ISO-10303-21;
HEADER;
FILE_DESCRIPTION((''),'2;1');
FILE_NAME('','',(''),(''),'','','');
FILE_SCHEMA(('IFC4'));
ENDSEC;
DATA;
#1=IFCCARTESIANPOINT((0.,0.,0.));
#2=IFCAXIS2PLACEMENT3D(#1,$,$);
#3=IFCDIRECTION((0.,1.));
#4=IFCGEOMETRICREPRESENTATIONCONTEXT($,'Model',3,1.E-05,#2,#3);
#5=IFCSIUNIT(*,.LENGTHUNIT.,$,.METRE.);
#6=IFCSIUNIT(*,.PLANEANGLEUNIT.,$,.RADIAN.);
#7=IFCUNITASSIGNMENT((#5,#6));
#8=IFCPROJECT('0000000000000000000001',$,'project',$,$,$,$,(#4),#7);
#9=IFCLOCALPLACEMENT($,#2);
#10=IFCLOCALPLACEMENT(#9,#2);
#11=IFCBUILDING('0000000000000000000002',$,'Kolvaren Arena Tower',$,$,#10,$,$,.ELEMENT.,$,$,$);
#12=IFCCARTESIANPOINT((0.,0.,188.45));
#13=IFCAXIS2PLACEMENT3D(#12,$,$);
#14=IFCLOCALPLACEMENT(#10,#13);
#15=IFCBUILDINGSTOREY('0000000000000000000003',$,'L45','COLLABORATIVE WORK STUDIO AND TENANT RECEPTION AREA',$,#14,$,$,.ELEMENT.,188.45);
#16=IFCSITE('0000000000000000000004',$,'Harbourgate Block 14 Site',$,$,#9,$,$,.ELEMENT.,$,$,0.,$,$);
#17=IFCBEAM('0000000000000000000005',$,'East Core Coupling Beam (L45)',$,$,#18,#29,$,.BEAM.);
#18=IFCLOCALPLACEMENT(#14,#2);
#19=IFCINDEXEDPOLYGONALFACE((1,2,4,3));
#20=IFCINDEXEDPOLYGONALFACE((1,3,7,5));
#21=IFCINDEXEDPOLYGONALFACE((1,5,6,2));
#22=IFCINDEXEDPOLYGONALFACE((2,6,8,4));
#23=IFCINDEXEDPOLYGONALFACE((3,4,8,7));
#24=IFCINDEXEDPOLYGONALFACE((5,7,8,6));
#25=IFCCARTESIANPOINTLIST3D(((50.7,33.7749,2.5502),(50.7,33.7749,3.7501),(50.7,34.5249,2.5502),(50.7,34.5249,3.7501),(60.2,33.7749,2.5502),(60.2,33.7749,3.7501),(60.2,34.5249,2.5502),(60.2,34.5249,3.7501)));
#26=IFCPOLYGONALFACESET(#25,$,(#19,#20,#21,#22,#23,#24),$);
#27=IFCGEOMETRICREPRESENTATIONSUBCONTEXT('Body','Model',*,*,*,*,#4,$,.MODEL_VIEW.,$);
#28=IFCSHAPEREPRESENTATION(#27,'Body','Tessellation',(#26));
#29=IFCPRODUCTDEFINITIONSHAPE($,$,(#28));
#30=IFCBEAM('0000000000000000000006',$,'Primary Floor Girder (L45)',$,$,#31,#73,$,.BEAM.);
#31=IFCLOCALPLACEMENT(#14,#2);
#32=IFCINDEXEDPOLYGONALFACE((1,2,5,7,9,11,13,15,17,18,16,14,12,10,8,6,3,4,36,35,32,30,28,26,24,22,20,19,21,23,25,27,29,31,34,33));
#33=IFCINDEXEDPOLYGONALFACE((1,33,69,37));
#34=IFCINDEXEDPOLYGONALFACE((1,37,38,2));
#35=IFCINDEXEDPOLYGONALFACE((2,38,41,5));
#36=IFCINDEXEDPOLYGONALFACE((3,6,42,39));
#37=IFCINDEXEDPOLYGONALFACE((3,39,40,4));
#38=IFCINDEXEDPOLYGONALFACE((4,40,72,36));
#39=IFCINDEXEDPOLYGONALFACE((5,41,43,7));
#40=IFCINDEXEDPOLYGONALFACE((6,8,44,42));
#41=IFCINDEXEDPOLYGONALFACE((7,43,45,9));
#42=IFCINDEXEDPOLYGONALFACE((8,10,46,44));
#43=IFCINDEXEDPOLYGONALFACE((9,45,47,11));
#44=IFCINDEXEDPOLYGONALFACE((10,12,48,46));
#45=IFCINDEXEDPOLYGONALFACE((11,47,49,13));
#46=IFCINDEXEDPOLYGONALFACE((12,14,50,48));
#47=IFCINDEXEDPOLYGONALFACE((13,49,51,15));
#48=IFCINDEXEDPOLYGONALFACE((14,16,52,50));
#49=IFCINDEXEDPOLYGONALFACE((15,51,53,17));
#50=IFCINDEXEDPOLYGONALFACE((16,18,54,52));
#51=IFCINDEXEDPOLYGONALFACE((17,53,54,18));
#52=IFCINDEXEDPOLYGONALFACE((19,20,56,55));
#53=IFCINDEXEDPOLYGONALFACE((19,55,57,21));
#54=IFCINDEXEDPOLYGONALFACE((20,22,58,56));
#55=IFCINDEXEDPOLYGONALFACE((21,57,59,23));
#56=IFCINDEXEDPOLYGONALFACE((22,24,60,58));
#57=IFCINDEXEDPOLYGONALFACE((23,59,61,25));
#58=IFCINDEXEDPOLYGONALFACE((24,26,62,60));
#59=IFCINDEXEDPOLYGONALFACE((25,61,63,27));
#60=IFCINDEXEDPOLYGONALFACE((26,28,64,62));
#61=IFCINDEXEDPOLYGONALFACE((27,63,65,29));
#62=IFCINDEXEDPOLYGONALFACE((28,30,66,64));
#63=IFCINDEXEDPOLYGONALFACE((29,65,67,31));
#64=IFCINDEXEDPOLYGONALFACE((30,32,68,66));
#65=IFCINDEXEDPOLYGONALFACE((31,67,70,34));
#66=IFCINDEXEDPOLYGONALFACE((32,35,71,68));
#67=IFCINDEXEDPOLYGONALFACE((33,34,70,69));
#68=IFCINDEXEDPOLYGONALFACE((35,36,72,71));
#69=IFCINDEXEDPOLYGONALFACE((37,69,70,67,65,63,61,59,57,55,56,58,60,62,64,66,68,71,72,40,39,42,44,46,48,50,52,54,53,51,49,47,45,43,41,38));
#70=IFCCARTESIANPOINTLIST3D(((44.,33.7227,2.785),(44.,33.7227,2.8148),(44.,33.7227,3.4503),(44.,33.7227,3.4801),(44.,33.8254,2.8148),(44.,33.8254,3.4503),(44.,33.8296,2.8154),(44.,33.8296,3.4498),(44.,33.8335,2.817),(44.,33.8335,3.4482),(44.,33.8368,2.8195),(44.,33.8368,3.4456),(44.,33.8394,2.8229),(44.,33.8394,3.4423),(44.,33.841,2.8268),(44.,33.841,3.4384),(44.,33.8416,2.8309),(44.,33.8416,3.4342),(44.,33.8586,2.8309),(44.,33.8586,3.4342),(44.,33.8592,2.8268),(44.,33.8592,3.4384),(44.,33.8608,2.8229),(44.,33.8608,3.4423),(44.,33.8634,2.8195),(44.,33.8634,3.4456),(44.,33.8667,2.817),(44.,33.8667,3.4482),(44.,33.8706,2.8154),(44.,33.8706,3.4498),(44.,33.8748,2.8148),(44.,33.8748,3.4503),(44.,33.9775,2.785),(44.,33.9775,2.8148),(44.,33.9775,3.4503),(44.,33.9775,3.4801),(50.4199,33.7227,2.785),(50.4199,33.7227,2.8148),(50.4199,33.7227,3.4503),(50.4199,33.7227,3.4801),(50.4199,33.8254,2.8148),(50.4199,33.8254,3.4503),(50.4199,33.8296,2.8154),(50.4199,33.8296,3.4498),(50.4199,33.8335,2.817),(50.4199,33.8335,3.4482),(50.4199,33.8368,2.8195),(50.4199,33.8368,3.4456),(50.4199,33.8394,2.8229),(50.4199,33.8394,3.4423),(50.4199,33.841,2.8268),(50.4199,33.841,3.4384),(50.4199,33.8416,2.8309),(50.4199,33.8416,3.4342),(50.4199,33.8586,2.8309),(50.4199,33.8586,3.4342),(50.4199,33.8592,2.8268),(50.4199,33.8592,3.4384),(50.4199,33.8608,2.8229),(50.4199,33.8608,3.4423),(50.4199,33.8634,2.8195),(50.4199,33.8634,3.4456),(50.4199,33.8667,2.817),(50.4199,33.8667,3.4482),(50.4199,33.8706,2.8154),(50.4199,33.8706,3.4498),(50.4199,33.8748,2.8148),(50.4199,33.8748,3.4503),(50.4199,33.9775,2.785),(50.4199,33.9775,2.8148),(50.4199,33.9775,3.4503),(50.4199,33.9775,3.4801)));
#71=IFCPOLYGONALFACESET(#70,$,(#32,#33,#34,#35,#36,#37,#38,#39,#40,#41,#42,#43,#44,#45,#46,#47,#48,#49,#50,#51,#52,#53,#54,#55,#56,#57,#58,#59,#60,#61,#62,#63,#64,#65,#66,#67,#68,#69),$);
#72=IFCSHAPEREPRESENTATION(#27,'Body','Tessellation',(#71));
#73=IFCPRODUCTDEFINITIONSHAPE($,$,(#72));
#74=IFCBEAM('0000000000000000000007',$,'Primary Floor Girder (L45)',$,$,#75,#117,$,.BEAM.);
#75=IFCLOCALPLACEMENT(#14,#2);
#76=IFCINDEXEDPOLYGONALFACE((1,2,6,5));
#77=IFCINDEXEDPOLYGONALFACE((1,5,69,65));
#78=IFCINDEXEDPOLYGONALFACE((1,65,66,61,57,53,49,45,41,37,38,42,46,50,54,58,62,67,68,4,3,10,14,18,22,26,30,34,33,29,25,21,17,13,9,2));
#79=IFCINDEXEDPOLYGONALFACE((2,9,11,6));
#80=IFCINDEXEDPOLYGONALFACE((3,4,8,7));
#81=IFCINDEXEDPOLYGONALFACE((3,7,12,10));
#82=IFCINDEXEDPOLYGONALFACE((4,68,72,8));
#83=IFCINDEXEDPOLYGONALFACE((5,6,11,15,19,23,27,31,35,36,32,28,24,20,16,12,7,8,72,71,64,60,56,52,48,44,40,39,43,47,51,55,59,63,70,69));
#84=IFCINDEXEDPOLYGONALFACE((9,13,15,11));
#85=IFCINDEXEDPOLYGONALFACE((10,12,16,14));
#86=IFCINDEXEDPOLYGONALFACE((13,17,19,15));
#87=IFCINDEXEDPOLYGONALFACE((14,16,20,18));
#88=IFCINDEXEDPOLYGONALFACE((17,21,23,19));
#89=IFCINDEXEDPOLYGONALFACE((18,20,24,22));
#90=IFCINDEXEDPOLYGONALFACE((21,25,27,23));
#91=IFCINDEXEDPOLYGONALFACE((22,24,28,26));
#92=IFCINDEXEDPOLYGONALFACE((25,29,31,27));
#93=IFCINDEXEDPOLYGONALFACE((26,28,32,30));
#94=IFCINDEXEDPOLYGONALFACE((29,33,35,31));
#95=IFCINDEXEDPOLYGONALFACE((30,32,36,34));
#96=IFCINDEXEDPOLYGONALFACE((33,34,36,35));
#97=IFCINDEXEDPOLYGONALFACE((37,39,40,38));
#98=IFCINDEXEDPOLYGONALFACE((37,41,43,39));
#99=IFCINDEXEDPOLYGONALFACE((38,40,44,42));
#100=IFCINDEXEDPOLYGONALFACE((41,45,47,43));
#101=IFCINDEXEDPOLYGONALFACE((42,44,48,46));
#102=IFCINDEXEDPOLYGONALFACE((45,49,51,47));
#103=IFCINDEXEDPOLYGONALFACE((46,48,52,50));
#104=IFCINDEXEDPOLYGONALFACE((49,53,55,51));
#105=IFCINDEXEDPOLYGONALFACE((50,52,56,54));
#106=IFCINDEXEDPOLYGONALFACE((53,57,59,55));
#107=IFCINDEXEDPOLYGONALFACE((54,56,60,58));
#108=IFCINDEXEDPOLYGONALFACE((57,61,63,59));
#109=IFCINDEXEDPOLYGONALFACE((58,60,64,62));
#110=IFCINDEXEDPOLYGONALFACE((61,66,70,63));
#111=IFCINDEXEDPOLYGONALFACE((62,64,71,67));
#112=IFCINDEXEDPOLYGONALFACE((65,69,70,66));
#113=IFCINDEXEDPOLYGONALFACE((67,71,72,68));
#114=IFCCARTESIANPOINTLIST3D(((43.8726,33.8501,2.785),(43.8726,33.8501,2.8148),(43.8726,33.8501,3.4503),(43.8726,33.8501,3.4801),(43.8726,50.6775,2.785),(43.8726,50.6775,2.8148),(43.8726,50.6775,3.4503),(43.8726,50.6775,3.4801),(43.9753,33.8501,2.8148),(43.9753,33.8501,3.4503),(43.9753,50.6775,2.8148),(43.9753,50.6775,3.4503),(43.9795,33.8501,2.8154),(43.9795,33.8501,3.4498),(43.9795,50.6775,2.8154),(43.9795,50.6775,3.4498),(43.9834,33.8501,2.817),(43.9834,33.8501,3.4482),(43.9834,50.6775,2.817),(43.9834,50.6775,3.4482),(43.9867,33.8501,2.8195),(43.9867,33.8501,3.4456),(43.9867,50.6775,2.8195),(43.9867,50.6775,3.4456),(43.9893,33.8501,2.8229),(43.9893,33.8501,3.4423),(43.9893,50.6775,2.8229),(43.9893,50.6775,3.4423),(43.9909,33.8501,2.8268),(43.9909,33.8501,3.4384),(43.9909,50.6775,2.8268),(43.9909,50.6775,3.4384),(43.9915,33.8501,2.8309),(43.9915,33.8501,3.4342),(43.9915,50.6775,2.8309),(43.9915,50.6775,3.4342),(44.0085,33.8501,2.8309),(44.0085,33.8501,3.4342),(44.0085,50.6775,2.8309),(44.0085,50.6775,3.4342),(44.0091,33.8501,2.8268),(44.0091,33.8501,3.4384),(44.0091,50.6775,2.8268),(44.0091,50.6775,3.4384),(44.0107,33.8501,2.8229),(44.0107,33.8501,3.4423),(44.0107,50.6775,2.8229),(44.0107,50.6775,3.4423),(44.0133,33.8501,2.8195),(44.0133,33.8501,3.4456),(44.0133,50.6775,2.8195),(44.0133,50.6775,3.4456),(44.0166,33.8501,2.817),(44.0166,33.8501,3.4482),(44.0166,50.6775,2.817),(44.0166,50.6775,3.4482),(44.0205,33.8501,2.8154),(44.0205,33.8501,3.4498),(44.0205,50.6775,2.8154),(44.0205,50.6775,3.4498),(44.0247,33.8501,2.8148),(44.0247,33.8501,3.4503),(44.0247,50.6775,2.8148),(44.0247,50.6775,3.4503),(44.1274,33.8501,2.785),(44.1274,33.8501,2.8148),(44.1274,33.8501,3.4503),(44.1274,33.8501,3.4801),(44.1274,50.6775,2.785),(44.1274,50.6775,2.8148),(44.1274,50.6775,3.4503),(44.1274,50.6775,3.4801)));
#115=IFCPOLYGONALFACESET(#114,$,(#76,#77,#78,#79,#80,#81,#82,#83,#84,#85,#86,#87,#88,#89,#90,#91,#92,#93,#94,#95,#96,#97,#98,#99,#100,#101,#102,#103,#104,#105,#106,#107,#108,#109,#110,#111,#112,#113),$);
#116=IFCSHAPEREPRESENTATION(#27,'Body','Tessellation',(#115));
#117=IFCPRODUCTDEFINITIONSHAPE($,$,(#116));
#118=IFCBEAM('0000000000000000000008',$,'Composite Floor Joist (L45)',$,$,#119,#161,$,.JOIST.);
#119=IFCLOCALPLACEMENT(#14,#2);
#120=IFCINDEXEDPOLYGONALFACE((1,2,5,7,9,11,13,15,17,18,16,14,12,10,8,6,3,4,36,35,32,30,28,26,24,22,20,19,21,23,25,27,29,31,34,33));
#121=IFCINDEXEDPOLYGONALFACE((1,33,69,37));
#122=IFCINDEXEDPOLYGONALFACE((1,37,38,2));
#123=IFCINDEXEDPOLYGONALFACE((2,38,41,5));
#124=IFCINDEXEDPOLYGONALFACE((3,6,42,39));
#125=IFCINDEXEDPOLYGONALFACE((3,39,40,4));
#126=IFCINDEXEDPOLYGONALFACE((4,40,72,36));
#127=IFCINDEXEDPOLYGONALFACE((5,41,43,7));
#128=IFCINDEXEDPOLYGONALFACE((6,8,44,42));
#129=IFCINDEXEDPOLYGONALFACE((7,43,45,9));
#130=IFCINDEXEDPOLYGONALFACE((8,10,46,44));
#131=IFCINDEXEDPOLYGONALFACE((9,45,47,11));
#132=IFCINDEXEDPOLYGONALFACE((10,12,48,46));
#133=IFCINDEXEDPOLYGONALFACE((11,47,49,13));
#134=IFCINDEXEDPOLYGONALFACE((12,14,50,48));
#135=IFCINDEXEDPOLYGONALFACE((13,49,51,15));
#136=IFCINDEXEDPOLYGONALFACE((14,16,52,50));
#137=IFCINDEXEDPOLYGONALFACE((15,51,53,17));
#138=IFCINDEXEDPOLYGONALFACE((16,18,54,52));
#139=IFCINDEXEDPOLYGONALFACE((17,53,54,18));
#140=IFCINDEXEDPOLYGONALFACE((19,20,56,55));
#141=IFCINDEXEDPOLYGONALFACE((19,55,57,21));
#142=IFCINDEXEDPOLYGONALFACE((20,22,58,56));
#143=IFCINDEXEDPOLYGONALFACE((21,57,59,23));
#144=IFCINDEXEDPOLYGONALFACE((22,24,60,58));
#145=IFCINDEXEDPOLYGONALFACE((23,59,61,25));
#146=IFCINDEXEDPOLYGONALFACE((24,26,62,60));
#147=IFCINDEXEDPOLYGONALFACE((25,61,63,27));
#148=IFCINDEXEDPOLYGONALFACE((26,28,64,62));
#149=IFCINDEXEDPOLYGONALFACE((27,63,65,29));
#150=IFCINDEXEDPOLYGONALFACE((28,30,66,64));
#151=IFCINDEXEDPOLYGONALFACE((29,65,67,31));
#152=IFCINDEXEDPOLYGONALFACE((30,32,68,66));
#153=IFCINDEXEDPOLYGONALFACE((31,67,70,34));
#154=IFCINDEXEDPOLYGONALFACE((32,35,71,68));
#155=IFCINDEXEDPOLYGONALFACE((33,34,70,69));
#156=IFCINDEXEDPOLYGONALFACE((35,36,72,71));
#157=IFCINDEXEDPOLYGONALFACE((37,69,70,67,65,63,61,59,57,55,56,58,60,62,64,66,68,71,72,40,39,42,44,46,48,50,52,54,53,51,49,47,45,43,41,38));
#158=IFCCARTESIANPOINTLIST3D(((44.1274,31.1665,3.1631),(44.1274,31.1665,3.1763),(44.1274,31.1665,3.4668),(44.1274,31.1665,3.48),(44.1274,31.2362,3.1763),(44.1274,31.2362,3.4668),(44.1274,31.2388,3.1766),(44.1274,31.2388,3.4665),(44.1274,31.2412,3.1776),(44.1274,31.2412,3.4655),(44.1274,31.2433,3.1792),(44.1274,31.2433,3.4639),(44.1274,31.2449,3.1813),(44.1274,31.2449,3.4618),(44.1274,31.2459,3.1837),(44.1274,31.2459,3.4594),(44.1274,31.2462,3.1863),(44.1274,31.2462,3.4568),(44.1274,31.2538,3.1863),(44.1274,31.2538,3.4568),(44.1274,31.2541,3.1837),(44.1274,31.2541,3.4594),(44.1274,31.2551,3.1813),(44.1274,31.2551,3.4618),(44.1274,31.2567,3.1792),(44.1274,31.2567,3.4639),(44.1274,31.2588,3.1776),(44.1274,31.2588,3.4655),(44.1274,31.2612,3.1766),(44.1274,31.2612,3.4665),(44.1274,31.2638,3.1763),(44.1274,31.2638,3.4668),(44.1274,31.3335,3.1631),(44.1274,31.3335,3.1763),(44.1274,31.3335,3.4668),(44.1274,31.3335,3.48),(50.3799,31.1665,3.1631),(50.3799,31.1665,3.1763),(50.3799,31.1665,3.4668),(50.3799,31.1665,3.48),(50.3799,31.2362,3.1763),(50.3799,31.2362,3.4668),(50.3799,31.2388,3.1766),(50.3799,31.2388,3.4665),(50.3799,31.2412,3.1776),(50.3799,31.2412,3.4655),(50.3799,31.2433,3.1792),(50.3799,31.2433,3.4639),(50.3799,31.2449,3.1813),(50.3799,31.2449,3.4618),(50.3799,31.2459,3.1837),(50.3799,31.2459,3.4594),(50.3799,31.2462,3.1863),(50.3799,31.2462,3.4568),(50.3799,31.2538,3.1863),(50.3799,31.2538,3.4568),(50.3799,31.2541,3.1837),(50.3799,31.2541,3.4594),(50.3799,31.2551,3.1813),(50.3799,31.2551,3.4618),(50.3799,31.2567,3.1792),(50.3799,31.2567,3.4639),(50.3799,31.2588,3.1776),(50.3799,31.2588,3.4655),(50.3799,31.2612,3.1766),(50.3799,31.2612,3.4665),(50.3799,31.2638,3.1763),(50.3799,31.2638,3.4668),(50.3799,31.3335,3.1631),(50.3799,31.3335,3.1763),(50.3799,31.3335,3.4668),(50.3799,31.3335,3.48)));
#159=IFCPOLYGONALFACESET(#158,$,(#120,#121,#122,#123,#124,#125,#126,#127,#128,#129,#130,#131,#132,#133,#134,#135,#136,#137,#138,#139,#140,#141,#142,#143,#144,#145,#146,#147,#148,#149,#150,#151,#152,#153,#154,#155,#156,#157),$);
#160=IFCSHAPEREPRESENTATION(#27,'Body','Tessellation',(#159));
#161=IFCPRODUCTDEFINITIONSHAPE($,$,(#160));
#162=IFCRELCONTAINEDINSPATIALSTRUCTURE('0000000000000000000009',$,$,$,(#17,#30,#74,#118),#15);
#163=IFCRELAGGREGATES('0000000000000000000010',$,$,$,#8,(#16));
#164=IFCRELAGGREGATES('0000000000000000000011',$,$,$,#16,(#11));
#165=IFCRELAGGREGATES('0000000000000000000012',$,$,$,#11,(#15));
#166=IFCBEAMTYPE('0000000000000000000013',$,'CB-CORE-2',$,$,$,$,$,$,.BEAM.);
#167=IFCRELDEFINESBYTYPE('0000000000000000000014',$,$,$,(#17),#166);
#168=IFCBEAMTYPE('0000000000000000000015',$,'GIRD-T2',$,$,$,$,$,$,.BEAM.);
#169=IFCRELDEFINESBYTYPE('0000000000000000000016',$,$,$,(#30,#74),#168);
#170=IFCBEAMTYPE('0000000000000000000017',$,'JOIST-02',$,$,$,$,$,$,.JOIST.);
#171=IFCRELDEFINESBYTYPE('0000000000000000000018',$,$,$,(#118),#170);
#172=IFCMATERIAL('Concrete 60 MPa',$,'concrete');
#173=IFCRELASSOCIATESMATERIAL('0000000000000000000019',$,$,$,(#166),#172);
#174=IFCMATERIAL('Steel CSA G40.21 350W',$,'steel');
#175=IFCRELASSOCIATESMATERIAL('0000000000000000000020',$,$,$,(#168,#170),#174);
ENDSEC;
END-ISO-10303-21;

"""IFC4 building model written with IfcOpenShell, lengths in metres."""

from ifc_helpers import new_model, si_unit, direction, frame, origin, origin_2d, place, context, subcontext, project, spatial, rectangle, i_section, extrude, material, material_profile, profile_set, type_object, element, save


model = new_model("IFC4")

# Units and contexts
model_context = context("Model", 3, precision=1e-05, world=origin(), true_north=direction((0.0, 1.0)))
body_context = subcontext(model_context, "Body", "Model", "MODEL_VIEW")
ifc_project = project(units=[si_unit("LENGTHUNIT", "METRE"), si_unit("PLANEANGLEUNIT", "RADIAN")], contexts=[model_context])

# Site, building, storey
site_placement = place(None, origin())
site = spatial("IfcSite", under=ifc_project, at=site_placement, Name="Harbourgate Block 14 Site", CompositionType="ELEMENT", RefElevation=0.0)
building_placement = place(site_placement, origin())
building = spatial("IfcBuilding", under=site, at=building_placement, Name="Kolvaren Arena Tower", CompositionType="ELEMENT")
storey_placement = place(building_placement, frame((0.0, 0.0, 188.45)))
storey = spatial("IfcBuildingStorey", under=building, at=storey_placement, Name="L45", Description="COLLABORATIVE WORK STUDIO AND TENANT RECEPTION AREA", CompositionType="ELEMENT", Elevation=188.45)

# Beams
ifc_material_1 = material(Name="Steel CSA G40.21 350W", Category="steel")
ifc_material_2 = material(Name="Concrete 60 MPa", Category="concrete")
ifc_material_profile_1 = material_profile(ifc_material_2, rectangle(XDim=0.75, YDim=1.2, at=origin_2d()), Name="RC-750x1200")
ifc_profile_set_1 = profile_set([ifc_material_profile_1], Name="Concrete 60 MPa")
beam_type_1 = type_object("IfcBeamType", Name="CB-CORE-2", PredefinedType="BEAM", material=ifc_profile_set_1)
beam_1_placement = place(storey_placement, frame((50.7, 34.1499, 3.1501), z_axis=(1.0, 0.0, 0.0), x_axis=(0.0, 1.0, 0.0)))
element("IfcBeam", 1, at=beam_1_placement, inside=storey, type_object=beam_type_1, Name="East Core Coupling Beam (L45)", PredefinedType="BEAM", context=body_context, shape_type="SweptSolid", body=[
    extrude(rectangle(XDim=0.75, YDim=1.2, at=origin_2d()), origin(), (0.0, 0.0, 1.0), 9.5),
])
ifc_material_profile_2 = material_profile(ifc_material_1, i_section(OverallWidth=0.2549, OverallDepth=0.6951, WebThickness=0.0171, FlangeThickness=0.0298, FilletRadius=0.0161, at=origin_2d()), Name="W690x217")
ifc_profile_set_2 = profile_set([ifc_material_profile_2], Name="Steel CSA G40.21 350W")
beam_type_2 = type_object("IfcBeamType", Name="GIRD-T2", PredefinedType="BEAM", material=ifc_profile_set_2)
beam_2_placement = place(storey_placement, frame((44.0, 33.8501, 3.1326), z_axis=(1.0, 0.0, 0.0), x_axis=(0.0, 1.0, 0.0)))
element("IfcBeam", 2, at=beam_2_placement, inside=storey, type_object=beam_type_2, Name="Primary Floor Girder (L45)", PredefinedType="BEAM", context=body_context, shape_type="SweptSolid", body=[
    extrude(i_section(OverallWidth=0.2549, OverallDepth=0.6951, WebThickness=0.0171, FlangeThickness=0.0298, FilletRadius=0.0161, at=origin_2d()), origin(), (0.0, 0.0, 1.0), 6.4199),
])
beam_3_placement = place(storey_placement, frame((44.0, 33.8501, 3.1326), z_axis=(0.0, 1.0, 0.0), x_axis=(-1.0, 0.0, 0.0)))
element("IfcBeam", 3, at=beam_3_placement, inside=storey, type_object=beam_type_2, Name="Primary Floor Girder (L45)", PredefinedType="BEAM", context=body_context, shape_type="SweptSolid", body=[
    extrude(i_section(OverallWidth=0.2549, OverallDepth=0.6951, WebThickness=0.0171, FlangeThickness=0.0298, FilletRadius=0.0161, at=origin_2d()), origin(), (0.0, 0.0, 1.0), 16.8274),
])
ifc_material_profile_3 = material_profile(ifc_material_1, i_section(OverallWidth=0.167, OverallDepth=0.3169, WebThickness=0.0076, FlangeThickness=0.0132, FilletRadius=0.01, at=origin_2d()), Name="W310x52")
ifc_profile_set_3 = profile_set([ifc_material_profile_3], Name="Steel CSA G40.21 350W")
beam_type_3 = type_object("IfcBeamType", Name="JOIST-02", PredefinedType="JOIST", material=ifc_profile_set_3)
for number, where, z_axis, x_axis, name in (
    (4, (44.1274, 31.25, 3.3215), (1.0, 0.0, 0.0), (0.0, 1.0, 0.0), "Composite Floor Joist (L45)"),
):
    element("IfcBeam", number, at=place(storey_placement, frame(where, z_axis=z_axis, x_axis=x_axis)), inside=storey, type_object=beam_type_3, Name=name, PredefinedType="JOIST", context=body_context, shape_type="SweptSolid", body=[
        extrude(i_section(OverallWidth=0.167, OverallDepth=0.3169, WebThickness=0.0076, FlangeThickness=0.0132, FilletRadius=0.01, at=origin_2d()), origin(), (0.0, 0.0, 1.0), 6.2524),
    ])

save(model, "model.ifc")
